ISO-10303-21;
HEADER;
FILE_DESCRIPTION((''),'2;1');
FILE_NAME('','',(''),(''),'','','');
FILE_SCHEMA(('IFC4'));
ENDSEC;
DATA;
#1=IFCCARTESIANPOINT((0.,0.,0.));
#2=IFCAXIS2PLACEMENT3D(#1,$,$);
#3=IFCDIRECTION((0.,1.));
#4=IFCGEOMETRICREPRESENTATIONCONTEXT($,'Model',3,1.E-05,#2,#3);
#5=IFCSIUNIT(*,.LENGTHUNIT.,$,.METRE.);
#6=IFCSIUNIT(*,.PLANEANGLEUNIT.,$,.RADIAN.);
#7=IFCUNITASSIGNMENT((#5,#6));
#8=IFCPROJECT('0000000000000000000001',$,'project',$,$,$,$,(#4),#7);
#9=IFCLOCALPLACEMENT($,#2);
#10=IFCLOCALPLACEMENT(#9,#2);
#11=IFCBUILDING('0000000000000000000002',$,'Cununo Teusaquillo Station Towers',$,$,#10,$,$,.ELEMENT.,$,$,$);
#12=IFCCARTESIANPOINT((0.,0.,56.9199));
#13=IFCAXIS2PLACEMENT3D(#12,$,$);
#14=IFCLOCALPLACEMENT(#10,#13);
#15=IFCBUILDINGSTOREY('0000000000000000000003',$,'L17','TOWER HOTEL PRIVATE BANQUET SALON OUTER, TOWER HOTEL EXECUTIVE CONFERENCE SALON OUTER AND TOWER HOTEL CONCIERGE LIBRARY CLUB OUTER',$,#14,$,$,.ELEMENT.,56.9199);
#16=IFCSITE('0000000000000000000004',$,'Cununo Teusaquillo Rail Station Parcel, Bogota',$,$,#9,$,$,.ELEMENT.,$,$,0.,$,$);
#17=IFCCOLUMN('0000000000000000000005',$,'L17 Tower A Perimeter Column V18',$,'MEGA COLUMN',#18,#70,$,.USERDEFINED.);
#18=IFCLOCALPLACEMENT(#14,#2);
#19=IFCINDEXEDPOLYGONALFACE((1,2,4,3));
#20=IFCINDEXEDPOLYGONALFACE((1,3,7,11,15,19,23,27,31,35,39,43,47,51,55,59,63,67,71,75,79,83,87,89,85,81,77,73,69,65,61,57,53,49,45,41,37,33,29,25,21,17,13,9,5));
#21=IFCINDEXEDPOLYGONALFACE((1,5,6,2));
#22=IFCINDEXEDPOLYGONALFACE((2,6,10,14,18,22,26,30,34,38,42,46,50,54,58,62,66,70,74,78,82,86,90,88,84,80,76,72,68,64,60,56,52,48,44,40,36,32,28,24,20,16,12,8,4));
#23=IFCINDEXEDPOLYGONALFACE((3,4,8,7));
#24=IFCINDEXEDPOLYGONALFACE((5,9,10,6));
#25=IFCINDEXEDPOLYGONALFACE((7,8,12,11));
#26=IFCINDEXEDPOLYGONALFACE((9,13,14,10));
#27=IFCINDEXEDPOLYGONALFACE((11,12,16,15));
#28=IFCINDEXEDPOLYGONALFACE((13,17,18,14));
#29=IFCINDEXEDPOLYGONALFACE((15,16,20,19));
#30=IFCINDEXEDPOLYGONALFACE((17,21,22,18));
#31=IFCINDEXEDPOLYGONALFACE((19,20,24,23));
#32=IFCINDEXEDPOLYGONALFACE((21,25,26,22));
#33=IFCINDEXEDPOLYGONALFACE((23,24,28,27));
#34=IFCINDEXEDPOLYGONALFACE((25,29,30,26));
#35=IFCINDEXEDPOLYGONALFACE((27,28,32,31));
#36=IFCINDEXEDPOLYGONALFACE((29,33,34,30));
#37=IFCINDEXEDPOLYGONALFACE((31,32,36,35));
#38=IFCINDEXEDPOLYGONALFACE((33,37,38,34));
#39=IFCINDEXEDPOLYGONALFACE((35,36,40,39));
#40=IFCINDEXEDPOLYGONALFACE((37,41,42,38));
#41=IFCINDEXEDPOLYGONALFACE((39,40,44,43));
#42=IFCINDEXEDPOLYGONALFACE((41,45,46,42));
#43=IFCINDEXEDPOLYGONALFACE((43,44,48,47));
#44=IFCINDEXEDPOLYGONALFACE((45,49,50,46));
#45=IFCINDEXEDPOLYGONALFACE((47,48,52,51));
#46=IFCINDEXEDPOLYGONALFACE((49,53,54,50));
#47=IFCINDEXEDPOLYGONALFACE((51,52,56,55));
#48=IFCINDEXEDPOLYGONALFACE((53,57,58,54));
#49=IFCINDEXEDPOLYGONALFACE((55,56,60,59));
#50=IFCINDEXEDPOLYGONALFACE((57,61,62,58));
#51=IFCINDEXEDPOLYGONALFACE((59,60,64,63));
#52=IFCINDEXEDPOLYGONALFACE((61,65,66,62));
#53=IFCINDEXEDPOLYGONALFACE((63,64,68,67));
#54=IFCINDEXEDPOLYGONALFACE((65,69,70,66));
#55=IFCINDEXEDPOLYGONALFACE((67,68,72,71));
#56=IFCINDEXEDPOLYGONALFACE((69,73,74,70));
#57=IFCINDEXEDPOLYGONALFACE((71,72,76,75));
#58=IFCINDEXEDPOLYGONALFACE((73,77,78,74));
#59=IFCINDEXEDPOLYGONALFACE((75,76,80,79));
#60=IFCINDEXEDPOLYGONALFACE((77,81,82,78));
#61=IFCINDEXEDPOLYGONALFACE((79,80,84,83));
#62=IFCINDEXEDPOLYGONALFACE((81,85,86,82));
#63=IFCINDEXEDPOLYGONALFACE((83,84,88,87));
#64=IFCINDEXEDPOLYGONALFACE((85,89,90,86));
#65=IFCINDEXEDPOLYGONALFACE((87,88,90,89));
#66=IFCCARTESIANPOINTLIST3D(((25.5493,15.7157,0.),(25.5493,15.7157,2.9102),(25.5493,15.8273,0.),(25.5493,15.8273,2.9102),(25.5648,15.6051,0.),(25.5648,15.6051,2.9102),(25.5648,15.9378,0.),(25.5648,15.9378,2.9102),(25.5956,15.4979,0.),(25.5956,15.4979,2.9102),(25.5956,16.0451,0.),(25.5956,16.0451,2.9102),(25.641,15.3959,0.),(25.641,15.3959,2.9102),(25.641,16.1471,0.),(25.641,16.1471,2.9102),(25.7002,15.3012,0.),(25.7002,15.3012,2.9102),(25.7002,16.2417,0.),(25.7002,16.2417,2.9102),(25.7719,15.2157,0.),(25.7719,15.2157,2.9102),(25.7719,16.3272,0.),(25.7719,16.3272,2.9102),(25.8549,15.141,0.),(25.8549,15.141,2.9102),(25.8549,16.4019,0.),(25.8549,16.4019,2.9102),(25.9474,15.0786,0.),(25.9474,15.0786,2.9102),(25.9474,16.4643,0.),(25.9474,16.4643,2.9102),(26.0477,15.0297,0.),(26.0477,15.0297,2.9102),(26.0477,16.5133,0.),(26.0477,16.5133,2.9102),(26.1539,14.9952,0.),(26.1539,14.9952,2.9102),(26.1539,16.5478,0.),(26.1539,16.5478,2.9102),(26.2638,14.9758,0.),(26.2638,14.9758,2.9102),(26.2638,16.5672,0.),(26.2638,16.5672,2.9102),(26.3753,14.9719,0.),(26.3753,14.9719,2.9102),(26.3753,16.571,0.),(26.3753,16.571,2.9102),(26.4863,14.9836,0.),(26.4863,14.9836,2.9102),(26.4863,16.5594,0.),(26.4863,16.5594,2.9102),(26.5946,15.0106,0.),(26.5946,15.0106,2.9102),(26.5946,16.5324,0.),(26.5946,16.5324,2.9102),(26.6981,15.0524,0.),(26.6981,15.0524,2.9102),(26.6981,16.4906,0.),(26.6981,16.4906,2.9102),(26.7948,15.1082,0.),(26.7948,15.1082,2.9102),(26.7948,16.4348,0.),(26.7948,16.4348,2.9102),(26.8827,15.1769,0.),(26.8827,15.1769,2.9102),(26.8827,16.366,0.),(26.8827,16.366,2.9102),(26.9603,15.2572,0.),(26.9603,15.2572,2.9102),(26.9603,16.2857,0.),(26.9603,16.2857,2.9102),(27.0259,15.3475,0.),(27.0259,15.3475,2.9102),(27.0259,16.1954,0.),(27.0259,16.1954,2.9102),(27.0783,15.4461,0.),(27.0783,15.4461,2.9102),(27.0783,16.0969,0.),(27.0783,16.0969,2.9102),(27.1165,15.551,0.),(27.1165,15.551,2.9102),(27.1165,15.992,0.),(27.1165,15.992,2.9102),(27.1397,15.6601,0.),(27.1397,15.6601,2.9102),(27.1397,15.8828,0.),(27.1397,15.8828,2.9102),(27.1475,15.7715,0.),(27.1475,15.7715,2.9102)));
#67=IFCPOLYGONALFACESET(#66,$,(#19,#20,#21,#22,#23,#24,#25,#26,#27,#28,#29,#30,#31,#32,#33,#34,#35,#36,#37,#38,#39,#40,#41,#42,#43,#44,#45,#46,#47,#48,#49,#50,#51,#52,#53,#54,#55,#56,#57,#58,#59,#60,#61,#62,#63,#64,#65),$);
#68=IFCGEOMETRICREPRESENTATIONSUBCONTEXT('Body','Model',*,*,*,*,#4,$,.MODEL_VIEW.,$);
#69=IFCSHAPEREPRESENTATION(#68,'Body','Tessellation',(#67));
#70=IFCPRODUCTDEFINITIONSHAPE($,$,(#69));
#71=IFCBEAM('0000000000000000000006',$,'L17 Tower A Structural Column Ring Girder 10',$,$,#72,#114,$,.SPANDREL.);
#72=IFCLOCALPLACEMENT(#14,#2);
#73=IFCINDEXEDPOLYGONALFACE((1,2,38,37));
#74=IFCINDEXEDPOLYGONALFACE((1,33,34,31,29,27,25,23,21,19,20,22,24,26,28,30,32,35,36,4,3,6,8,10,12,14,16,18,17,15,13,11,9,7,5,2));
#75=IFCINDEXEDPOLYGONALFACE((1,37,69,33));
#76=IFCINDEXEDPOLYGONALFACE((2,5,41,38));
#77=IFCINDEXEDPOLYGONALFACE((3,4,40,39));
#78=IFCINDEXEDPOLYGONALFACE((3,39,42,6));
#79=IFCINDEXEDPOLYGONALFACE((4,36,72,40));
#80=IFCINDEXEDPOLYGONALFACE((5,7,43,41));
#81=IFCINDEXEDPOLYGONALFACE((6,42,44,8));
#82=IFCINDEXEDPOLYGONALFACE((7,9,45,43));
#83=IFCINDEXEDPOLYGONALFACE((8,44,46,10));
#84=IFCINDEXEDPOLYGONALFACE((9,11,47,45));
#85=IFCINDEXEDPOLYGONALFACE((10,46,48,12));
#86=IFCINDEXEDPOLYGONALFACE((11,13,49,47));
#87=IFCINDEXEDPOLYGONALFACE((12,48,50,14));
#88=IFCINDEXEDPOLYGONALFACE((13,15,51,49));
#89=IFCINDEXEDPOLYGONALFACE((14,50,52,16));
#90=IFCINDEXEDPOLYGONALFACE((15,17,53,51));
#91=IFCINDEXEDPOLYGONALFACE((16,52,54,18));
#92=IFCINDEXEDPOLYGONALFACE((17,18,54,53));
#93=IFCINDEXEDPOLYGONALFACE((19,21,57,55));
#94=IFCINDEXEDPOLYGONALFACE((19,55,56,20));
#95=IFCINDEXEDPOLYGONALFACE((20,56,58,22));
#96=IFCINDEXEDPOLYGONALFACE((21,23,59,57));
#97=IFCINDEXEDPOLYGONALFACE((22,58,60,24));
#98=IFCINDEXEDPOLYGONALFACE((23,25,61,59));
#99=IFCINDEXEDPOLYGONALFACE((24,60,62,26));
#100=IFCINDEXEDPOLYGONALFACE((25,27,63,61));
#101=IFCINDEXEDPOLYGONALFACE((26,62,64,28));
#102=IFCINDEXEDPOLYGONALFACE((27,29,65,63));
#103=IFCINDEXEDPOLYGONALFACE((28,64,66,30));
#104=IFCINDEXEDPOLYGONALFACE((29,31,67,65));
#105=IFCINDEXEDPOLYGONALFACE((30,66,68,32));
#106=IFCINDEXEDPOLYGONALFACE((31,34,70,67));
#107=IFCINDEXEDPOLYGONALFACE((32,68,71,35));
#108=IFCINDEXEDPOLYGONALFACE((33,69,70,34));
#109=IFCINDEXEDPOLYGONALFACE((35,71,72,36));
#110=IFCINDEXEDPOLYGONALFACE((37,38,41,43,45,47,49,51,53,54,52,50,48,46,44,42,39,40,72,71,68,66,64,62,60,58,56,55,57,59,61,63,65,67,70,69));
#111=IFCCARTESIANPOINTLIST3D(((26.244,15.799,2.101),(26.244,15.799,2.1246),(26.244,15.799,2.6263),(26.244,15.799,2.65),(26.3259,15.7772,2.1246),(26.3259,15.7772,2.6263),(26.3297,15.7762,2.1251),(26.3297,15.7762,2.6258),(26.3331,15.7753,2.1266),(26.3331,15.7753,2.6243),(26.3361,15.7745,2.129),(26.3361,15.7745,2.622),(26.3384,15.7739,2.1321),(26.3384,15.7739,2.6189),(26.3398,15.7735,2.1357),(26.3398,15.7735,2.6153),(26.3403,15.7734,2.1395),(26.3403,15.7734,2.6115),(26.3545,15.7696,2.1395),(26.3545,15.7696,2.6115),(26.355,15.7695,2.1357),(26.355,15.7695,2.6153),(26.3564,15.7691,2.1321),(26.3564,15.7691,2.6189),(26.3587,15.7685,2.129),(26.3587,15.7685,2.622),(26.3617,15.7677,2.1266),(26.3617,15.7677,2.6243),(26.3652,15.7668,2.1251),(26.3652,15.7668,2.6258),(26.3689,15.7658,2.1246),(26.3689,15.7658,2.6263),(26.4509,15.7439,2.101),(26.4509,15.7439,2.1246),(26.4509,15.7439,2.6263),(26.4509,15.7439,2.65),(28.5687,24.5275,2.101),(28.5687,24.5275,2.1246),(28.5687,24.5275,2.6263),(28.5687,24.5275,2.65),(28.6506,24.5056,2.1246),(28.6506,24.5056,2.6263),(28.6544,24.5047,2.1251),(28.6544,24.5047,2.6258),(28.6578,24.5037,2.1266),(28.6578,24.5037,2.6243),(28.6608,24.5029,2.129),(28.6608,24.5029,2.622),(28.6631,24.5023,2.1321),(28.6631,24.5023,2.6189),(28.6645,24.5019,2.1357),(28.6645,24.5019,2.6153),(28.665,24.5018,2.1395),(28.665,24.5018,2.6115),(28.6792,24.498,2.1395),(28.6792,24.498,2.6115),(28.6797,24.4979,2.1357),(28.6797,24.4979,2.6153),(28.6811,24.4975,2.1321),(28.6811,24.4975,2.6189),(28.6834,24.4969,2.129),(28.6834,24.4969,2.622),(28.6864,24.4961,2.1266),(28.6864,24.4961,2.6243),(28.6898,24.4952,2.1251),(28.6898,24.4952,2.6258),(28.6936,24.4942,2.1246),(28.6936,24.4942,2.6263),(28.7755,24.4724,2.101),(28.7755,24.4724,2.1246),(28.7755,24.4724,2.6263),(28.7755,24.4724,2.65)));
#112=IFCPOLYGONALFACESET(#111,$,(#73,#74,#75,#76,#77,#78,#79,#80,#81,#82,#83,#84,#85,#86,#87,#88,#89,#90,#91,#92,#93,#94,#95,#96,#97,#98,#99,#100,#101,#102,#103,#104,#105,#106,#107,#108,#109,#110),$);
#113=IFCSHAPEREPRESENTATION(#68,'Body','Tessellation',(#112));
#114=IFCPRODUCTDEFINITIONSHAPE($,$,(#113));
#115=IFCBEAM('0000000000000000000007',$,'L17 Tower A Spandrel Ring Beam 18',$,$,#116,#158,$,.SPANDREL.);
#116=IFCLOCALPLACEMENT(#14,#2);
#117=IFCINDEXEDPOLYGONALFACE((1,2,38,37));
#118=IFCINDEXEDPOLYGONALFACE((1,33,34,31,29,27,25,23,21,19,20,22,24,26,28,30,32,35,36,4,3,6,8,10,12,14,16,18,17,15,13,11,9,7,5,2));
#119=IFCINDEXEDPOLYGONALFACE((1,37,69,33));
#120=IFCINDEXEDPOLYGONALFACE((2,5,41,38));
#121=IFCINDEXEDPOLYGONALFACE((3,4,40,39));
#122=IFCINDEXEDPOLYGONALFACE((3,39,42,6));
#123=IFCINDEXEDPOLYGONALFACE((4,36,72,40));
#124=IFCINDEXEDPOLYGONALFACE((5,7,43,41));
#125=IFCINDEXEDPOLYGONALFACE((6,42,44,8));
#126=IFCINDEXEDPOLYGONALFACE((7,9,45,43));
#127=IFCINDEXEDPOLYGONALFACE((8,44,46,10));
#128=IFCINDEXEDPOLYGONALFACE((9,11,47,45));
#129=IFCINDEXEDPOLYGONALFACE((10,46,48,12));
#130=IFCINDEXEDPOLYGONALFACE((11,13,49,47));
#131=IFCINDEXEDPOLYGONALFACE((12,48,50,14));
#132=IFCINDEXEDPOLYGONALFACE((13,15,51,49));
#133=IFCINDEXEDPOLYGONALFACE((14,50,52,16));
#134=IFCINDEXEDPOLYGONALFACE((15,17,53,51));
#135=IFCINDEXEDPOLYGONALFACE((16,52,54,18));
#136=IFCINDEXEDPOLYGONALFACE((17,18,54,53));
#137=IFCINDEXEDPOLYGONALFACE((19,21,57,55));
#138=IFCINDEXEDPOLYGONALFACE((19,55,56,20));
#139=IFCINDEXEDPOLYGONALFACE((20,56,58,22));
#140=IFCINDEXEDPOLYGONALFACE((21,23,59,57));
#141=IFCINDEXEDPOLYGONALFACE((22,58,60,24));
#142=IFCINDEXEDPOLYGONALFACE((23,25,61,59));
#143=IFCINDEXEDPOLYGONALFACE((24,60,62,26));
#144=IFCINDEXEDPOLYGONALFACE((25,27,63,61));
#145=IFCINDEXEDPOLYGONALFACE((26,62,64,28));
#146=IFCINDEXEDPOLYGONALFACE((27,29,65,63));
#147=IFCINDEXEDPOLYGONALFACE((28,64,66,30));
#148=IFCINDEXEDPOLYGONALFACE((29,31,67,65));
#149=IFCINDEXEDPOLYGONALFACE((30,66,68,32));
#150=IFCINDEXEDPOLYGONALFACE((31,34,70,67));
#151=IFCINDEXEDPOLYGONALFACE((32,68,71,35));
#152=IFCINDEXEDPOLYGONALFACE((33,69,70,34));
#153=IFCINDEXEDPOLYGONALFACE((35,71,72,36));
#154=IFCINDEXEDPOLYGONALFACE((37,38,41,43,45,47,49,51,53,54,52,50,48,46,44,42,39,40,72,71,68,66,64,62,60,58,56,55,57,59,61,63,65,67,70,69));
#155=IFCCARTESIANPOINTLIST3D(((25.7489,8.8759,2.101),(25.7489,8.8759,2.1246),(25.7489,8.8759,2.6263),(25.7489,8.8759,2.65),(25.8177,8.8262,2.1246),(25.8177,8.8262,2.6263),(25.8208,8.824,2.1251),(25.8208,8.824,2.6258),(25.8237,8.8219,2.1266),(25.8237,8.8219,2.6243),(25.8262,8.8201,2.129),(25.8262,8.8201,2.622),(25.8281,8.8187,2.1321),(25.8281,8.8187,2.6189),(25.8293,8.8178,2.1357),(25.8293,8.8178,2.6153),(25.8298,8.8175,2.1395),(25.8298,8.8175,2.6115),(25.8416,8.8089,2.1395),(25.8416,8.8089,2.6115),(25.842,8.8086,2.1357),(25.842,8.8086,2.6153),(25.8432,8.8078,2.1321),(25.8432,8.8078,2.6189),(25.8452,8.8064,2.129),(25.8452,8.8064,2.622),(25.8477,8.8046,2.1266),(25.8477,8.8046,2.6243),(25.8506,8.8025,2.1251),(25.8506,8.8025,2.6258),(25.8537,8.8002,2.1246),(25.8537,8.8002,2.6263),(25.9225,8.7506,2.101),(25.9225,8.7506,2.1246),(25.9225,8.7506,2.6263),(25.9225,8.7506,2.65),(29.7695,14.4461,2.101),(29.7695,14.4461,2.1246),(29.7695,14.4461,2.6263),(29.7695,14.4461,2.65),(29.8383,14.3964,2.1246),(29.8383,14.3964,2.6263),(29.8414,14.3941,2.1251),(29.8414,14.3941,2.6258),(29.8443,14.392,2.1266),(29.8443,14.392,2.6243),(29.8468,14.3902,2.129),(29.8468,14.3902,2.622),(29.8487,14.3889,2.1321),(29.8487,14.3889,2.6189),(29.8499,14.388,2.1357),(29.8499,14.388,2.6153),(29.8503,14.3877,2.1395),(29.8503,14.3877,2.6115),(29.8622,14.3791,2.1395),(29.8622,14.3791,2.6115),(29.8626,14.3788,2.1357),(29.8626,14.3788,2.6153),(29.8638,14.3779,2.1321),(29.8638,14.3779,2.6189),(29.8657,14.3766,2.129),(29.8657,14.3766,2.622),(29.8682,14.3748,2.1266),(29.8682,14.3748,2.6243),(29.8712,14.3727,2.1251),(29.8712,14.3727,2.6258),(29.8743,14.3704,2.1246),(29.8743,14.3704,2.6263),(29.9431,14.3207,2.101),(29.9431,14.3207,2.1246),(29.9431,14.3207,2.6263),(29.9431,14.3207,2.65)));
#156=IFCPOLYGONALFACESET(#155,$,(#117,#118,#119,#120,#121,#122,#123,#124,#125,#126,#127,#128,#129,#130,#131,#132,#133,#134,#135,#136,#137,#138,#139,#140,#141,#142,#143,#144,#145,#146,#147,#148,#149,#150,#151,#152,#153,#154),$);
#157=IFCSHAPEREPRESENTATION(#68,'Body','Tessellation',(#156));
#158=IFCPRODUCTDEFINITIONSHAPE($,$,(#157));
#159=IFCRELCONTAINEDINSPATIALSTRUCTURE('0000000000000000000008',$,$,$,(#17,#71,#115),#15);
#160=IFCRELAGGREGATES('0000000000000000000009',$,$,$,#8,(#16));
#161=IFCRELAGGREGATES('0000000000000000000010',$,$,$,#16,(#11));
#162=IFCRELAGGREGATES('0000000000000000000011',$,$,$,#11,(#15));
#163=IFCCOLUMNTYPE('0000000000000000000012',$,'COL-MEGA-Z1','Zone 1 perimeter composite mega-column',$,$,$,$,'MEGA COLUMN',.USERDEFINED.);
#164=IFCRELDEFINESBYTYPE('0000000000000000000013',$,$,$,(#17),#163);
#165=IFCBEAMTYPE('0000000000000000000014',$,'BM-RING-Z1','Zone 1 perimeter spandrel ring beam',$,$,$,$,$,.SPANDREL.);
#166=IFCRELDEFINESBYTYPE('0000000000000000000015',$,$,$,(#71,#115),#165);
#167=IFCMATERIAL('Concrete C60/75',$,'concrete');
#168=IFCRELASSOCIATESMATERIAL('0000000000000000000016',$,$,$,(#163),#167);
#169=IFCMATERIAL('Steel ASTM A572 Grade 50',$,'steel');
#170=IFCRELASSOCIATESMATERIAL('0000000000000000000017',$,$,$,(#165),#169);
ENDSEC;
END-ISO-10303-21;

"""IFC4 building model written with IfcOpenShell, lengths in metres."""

from ifc_helpers import new_model, si_unit, direction, frame, origin, origin_2d, place, context, subcontext, project, spatial, circle, i_section, extrude, material, material_profile, profile_set, type_object, element, save


model = new_model("IFC4")

# Units and contexts
model_context = context("Model", 3, precision=1e-05, world=origin(), true_north=direction((0.0, 1.0)))
body_context = subcontext(model_context, "Body", "Model", "MODEL_VIEW")
ifc_project = project(units=[si_unit("LENGTHUNIT", "METRE"), si_unit("PLANEANGLEUNIT", "RADIAN")], contexts=[model_context])

# Site, building, storey
site_placement = place(None, origin())
site = spatial("IfcSite", under=ifc_project, at=site_placement, Name="Cununo Teusaquillo Rail Station Parcel, Bogota", CompositionType="ELEMENT", RefElevation=0.0)
building_placement = place(site_placement, origin())
building = spatial("IfcBuilding", under=site, at=building_placement, Name="Cununo Teusaquillo Station Towers", CompositionType="ELEMENT")
storey_placement = place(building_placement, frame((0.0, 0.0, 56.9199)))
storey = spatial("IfcBuildingStorey", under=building, at=storey_placement, Name="L17", Description="TOWER HOTEL PRIVATE BANQUET SALON OUTER, TOWER HOTEL EXECUTIVE CONFERENCE SALON OUTER AND TOWER HOTEL CONCIERGE LIBRARY CLUB OUTER", CompositionType="ELEMENT", Elevation=56.9199)

# Column
ifc_material_1 = material(Name="Concrete C60/75", Category="concrete")
ifc_material_profile_1 = material_profile(ifc_material_1, circle(Radius=0.8, at=origin_2d()), Name="RC-CIRC-1600")
ifc_profile_set_1 = profile_set([ifc_material_profile_1], Name="Concrete C60/75")
column_type = type_object("IfcColumnType", Name="COL-MEGA-Z1", Description="Zone 1 perimeter composite mega-column", ElementType="MEGA COLUMN", PredefinedType="USERDEFINED", material=ifc_profile_set_1)
column_placement = place(storey_placement, frame((26.3474, 15.7715, 0.0), z_axis=(0.0, 0.0, 1.0), x_axis=(1.0, 0.0, 0.0)))
element("IfcColumn", 1, at=column_placement, inside=storey, type_object=column_type, Name="L17 Tower A Perimeter Column V18", ObjectType="MEGA COLUMN", PredefinedType="USERDEFINED", context=body_context, shape_type="SweptSolid", body=[
    extrude(circle(Radius=0.8, at=origin_2d()), origin(), (0.0, 0.0, 1.0), 2.9102),
])

# Beams
ifc_material_2 = material(Name="Steel ASTM A572 Grade 50", Category="steel")
ifc_material_profile_2 = material_profile(ifc_material_2, i_section(OverallWidth=0.2141, OverallDepth=0.5491, WebThickness=0.0146, FlangeThickness=0.0237, FilletRadius=0.0149, at=origin_2d()), Name="W21X93")
ifc_profile_set_2 = profile_set([ifc_material_profile_2], Name="Steel ASTM A572 Grade 50")
beam_type = type_object("IfcBeamType", Name="BM-RING-Z1", Description="Zone 1 perimeter spandrel ring beam", PredefinedType="SPANDREL", material=ifc_profile_set_2)
beam_1_placement = place(storey_placement, frame((26.3474, 15.7715, 2.3755), z_axis=(0.257363, 0.966315, 0.0), x_axis=(-0.966315, 0.257363, 0.0)))
element("IfcBeam", 2, at=beam_1_placement, inside=storey, type_object=beam_type, Name="L17 Tower A Structural Column Ring Girder 10", PredefinedType="SPANDREL", context=body_context, shape_type="SweptSolid", body=[
    extrude(i_section(OverallWidth=0.2141, OverallDepth=0.5491, WebThickness=0.0146, FlangeThickness=0.0237, FilletRadius=0.0149, at=origin_2d()), origin(), (0.0, 0.0, 1.0), 9.0327),
])
beam_2_placement = place(storey_placement, frame((25.8357, 8.8132, 2.3755), z_axis=(0.585269, 0.810839, 0.0), x_axis=(-0.810839, 0.585269, 0.0)))
element("IfcBeam", 3, at=beam_2_placement, inside=storey, type_object=beam_type, Name="L17 Tower A Spandrel Ring Beam 18", PredefinedType="SPANDREL", context=body_context, shape_type="SweptSolid", body=[
    extrude(i_section(OverallWidth=0.2141, OverallDepth=0.5491, WebThickness=0.0146, FlangeThickness=0.0237, FilletRadius=0.0149, at=origin_2d()), origin(), (0.0, 0.0, 1.0), 6.8696),
])

save(model, "model.ifc")
